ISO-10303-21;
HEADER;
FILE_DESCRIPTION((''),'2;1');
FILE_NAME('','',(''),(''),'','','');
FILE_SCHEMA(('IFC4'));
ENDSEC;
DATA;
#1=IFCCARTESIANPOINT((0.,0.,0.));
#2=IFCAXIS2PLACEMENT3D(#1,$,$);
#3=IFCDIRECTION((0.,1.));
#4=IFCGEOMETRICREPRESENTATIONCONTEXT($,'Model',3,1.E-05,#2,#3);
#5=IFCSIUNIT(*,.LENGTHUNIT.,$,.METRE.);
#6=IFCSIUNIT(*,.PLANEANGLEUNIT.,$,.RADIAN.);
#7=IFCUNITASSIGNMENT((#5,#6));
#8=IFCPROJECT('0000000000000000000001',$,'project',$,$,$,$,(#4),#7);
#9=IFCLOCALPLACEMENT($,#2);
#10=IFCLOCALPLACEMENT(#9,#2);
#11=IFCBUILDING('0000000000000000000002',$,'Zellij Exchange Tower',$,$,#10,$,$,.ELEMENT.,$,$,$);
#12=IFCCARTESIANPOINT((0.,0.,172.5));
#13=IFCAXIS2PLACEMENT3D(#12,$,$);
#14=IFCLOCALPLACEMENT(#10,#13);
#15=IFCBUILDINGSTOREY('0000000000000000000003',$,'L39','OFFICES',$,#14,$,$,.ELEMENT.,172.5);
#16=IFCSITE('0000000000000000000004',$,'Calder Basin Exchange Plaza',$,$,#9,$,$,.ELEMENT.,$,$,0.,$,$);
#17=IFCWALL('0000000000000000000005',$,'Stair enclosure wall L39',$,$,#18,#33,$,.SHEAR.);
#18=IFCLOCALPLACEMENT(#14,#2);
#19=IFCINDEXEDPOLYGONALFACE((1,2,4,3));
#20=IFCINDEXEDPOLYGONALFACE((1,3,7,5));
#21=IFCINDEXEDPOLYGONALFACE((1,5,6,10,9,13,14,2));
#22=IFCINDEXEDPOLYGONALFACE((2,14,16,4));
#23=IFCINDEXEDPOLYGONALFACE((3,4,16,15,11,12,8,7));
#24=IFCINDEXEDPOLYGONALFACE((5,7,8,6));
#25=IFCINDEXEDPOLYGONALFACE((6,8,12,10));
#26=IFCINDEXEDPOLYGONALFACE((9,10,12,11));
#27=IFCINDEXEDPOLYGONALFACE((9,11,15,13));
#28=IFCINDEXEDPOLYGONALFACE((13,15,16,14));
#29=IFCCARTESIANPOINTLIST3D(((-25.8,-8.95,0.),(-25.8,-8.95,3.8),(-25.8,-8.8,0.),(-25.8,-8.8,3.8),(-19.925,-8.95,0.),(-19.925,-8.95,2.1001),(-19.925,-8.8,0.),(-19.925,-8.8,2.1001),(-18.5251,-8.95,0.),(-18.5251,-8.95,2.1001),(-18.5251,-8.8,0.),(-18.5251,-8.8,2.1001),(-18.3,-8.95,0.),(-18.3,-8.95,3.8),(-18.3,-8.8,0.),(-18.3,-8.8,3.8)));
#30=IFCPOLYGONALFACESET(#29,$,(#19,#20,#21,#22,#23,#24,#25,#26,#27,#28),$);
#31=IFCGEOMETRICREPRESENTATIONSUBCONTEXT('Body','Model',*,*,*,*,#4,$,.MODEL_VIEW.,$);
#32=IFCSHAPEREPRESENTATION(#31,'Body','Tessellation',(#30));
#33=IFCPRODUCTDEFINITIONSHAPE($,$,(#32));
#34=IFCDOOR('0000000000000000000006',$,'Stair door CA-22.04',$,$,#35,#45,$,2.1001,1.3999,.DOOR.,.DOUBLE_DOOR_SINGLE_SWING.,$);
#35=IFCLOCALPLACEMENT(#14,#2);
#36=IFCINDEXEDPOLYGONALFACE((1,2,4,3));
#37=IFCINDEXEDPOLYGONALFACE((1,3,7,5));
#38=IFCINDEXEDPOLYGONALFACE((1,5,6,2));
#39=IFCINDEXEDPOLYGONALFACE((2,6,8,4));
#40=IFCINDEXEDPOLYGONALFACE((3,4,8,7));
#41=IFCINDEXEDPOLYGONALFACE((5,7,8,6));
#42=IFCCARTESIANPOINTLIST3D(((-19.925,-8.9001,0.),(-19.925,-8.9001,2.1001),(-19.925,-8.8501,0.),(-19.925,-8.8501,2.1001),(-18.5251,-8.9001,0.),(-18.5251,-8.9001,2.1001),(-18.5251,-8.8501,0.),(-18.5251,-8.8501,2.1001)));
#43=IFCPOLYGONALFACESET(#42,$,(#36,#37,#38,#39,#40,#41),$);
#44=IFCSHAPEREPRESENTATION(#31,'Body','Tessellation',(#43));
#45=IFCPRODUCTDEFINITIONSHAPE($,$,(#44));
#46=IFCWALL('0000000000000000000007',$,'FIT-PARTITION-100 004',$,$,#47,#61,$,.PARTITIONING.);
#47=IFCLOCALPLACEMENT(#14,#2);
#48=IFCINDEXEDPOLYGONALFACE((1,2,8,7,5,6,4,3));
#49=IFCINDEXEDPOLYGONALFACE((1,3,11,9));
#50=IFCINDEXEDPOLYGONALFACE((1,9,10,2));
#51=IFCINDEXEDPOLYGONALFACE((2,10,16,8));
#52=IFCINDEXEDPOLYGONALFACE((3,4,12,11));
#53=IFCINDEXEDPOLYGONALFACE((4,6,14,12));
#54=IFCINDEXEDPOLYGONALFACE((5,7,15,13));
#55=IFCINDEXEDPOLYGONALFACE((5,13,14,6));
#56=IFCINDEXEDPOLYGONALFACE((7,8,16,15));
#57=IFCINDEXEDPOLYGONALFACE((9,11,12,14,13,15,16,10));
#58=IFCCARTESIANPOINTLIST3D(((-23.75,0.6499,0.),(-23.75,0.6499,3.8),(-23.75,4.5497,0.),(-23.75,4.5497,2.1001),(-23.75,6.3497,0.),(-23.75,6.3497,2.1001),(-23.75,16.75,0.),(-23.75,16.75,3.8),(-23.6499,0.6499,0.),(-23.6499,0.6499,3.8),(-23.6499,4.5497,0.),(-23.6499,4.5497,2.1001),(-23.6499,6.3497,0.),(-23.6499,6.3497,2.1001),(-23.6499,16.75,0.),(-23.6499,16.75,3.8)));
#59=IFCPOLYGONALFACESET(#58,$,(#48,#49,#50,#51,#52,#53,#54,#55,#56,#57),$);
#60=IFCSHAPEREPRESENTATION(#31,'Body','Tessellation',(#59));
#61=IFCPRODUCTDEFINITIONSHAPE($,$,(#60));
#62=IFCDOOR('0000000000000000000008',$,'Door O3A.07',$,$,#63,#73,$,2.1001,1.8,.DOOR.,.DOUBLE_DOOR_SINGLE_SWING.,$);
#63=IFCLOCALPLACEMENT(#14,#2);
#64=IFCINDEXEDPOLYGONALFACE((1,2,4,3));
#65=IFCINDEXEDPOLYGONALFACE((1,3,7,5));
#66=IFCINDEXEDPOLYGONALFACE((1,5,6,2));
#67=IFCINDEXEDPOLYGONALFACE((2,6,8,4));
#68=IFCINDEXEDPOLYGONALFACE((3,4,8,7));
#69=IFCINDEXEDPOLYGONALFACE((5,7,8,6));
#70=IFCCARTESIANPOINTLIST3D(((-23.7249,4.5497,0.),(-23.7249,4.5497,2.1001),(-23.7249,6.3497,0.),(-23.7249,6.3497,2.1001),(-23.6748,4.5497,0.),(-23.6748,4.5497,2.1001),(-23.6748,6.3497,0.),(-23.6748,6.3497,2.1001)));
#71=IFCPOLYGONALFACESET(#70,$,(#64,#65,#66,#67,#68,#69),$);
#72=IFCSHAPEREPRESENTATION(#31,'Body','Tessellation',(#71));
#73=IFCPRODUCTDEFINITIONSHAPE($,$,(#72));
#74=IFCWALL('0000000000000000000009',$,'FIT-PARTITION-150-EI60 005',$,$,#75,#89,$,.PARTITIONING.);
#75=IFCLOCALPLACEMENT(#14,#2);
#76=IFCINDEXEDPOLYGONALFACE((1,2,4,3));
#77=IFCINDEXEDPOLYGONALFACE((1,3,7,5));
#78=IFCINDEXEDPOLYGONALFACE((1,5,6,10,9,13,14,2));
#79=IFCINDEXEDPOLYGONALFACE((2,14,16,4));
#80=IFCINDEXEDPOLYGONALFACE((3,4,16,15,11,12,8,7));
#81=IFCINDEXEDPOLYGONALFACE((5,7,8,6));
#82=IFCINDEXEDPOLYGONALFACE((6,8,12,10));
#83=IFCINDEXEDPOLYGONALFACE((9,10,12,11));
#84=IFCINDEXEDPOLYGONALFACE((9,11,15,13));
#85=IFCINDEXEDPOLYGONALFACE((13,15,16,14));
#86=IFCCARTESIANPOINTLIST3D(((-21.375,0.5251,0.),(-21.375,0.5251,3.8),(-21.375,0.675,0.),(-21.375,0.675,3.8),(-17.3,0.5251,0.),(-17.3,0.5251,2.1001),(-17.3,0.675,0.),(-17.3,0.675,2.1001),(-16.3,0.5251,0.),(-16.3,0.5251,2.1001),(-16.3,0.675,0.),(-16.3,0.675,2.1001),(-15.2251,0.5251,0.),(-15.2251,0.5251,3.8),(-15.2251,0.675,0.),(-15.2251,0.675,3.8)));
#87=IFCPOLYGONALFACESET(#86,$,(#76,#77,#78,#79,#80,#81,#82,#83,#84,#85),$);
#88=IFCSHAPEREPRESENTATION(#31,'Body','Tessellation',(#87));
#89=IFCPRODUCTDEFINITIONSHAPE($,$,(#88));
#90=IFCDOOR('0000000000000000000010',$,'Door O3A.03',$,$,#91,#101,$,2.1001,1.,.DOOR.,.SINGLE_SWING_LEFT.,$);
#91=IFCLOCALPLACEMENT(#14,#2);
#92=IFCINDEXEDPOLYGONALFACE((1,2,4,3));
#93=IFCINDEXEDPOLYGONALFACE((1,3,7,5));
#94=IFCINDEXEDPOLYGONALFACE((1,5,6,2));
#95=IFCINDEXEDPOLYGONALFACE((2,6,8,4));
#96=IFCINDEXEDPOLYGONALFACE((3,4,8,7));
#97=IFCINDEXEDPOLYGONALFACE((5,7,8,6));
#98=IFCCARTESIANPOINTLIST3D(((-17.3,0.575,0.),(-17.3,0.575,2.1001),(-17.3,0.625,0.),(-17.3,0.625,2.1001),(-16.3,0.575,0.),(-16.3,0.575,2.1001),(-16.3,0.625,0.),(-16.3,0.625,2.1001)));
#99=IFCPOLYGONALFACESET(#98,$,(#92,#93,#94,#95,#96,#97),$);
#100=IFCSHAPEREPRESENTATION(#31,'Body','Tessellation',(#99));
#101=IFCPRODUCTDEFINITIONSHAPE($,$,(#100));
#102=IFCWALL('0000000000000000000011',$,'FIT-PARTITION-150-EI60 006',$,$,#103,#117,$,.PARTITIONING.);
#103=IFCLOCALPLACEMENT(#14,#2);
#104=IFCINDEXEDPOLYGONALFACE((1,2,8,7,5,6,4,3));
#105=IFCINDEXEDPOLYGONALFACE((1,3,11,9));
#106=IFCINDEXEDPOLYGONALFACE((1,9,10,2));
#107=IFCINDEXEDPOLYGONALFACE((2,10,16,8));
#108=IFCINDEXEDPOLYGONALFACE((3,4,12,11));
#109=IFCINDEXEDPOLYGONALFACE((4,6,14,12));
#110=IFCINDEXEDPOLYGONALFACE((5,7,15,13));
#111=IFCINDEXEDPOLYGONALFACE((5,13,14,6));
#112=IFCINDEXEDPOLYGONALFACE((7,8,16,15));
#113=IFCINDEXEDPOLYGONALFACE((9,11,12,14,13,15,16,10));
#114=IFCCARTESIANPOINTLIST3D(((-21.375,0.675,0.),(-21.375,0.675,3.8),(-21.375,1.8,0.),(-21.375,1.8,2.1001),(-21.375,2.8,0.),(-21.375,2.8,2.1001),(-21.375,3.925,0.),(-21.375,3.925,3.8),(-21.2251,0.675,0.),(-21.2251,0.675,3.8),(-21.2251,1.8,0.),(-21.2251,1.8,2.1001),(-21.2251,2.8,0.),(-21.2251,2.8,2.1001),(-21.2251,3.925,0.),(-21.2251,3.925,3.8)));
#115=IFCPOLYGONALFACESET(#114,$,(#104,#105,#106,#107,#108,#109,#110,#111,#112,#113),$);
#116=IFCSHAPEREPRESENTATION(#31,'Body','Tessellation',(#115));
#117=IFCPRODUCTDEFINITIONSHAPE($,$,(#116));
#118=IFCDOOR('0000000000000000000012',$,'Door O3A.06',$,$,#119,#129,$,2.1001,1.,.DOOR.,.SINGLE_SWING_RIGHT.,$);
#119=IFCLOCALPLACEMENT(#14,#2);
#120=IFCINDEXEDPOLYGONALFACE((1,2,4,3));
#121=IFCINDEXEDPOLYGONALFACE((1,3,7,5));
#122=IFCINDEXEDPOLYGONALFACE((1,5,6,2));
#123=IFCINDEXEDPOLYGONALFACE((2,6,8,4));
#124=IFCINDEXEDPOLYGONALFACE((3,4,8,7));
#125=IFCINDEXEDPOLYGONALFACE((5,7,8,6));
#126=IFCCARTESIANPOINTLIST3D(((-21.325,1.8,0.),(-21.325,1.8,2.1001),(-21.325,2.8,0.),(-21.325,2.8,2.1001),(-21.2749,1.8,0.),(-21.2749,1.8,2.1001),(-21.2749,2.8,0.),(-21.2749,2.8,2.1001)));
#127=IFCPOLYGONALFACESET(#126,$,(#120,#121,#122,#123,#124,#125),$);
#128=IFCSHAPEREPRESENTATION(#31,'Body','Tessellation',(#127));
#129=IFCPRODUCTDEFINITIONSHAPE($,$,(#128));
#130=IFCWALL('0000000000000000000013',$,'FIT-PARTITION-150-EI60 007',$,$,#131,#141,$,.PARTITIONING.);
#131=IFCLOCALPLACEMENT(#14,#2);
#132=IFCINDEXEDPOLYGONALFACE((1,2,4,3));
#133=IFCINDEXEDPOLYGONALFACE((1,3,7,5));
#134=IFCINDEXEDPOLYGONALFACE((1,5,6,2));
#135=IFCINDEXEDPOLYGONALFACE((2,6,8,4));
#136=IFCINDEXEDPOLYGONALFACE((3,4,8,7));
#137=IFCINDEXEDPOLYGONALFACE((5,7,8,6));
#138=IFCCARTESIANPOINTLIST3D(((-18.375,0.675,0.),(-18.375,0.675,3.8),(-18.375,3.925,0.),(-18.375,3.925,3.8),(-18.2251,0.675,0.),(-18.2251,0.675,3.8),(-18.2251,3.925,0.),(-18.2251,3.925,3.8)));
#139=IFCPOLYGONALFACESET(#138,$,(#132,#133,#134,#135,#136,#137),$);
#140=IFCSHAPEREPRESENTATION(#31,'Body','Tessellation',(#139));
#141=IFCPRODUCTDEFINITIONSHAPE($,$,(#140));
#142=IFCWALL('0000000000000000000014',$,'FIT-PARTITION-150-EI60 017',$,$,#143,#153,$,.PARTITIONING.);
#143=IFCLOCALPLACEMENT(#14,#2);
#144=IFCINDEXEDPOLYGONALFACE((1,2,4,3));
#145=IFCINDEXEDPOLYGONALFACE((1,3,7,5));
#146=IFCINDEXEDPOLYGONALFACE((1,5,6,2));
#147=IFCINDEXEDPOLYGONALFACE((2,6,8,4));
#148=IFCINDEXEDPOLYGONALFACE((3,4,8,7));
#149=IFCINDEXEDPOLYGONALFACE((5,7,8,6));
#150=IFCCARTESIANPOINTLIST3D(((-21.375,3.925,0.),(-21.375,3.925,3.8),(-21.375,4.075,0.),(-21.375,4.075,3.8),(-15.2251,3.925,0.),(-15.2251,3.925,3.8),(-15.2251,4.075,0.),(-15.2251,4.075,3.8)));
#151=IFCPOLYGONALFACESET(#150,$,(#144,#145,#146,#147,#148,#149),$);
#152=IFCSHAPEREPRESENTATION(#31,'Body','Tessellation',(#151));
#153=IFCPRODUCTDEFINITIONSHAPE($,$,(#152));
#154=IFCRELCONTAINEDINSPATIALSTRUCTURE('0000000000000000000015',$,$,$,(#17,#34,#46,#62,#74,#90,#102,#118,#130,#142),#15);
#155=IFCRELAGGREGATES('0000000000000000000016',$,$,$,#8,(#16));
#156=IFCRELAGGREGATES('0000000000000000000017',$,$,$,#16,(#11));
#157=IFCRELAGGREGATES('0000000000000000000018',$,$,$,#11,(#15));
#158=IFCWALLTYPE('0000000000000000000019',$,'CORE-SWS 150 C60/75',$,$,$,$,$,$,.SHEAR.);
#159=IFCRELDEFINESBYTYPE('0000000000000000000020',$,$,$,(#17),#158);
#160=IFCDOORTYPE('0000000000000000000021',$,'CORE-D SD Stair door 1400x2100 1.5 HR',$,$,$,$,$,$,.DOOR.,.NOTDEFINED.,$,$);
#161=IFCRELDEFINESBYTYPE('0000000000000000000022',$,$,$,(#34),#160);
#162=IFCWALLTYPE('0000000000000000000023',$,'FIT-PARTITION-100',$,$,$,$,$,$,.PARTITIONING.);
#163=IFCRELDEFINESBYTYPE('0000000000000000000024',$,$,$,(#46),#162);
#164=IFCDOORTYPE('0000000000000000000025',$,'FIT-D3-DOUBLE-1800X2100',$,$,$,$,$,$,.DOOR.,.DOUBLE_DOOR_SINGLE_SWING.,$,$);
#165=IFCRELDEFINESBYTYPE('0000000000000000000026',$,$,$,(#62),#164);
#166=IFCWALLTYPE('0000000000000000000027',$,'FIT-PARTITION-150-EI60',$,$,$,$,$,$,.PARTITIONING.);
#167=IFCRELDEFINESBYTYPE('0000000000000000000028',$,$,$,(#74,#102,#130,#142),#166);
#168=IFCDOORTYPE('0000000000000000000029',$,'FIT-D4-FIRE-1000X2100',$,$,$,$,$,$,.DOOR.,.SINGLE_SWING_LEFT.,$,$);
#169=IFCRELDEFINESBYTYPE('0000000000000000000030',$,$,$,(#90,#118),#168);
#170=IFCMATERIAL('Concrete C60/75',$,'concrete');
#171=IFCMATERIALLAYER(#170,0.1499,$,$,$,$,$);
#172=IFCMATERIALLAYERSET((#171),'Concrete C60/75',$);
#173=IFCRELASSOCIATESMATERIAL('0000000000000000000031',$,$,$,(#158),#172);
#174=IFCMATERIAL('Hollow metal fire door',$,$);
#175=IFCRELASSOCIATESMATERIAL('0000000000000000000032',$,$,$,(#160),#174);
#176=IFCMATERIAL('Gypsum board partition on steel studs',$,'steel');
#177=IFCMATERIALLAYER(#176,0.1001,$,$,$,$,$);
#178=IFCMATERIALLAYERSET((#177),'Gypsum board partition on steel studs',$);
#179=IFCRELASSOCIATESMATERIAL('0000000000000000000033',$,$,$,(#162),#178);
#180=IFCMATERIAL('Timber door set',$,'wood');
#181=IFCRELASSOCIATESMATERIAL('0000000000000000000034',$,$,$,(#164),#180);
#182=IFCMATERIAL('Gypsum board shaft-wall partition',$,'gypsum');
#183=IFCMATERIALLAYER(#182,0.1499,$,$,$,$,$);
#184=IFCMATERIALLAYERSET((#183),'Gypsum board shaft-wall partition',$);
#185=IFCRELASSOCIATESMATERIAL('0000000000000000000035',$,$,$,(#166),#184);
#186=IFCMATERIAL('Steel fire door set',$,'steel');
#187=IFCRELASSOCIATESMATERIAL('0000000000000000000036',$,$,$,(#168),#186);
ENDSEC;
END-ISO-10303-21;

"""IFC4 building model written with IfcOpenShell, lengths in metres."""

from ifc_helpers import new_model, si_unit, direction, frame, frame_2d, origin, place, context, subcontext, project, spatial, rectangle, extrude, material, layer, layer_set, type_object, element, fill, save


model = new_model("IFC4")

# Units and contexts
model_context = context("Model", 3, precision=1e-05, world=origin(), true_north=direction((0.0, 1.0)))
body_context = subcontext(model_context, "Body", "Model", "MODEL_VIEW")
ifc_project = project(units=[si_unit("LENGTHUNIT", "METRE"), si_unit("PLANEANGLEUNIT", "RADIAN")], contexts=[model_context])

# Site, building, storey
site_placement = place(None, origin())
site = spatial("IfcSite", under=ifc_project, at=site_placement, Name="Calder Basin Exchange Plaza", CompositionType="ELEMENT", RefElevation=0.0)
building_placement = place(site_placement, origin())
building = spatial("IfcBuilding", under=site, at=building_placement, Name="Zellij Exchange Tower", CompositionType="ELEMENT")
storey_placement = place(building_placement, frame((0.0, 0.0, 172.5)))
storey = spatial("IfcBuildingStorey", under=building, at=storey_placement, Name="L39", Description="OFFICES", CompositionType="ELEMENT", Elevation=172.5)

# Shared definitions
ifc_material_1 = material(Name="Hollow metal fire door")

# Walls, openings, doors
ifc_material_2 = material(Name="Concrete C60/75", Category="concrete")
ifc_layer_1 = layer(ifc_material_2, 0.1499)
ifc_layer_set_1 = layer_set([ifc_layer_1], Name="Concrete C60/75")
wall_type_1 = type_object("IfcWallType", Name="CORE-SWS 150 C60/75", PredefinedType="SHEAR", material=ifc_layer_set_1)
wall_1_placement = place(storey_placement, frame((-25.8, -8.875, 0.0), z_axis=(0.0, 0.0, 1.0), x_axis=(1.0, 0.0, 0.0)))
wall_1 = element("IfcWall", 1, at=wall_1_placement, inside=storey, type_object=wall_type_1, Name="Stair enclosure wall L39", PredefinedType="SHEAR", context=body_context, shape_type="SweptSolid", body=[
    extrude(rectangle(XDim=7.5, YDim=0.1499, at=frame_2d((3.75, 0.0))), origin(), (0.0, 0.0, 1.0), 3.8),
])
opening_1_placement = place(wall_1_placement, frame((5.875, 0.0, 0.0)))
opening_1 = element("IfcOpeningElement", 2, at=opening_1_placement, cuts=wall_1, PredefinedType="OPENING", context=body_context, shape_type="SweptSolid", body=[
    extrude(rectangle(XDim=1.3999, YDim=2.1001, at=frame_2d((0.7, 1.05))), frame((0.0, 0.0869, 0.0), z_axis=(0.0, -1.0, 0.0), x_axis=(1.0, 0.0, 0.0)), (0.0, 0.0, 1.0), 0.1738),
])
door_type_1 = type_object("IfcDoorType", Name="CORE-D SD Stair door 1400x2100 1.5 HR", OperationType="NOTDEFINED", PredefinedType="DOOR", material=ifc_material_1)
door_1_placement = place(opening_1_placement, origin())
door_1 = element("IfcDoor", 3, at=door_1_placement, inside=storey, type_object=door_type_1, Name="Stair door CA-22.04", OperationType="DOUBLE_DOOR_SINGLE_SWING", OverallHeight=2.1001, OverallWidth=1.3999, PredefinedType="DOOR", context=body_context, shape_type="SweptSolid", body=[
    extrude(rectangle(XDim=1.3999, YDim=2.1001, at=frame_2d((0.7, 1.05))), frame((0.0, 0.0249, 0.0), z_axis=(0.0, -1.0, 0.0), x_axis=(1.0, 0.0, 0.0)), (0.0, 0.0, 1.0), 0.05),
])
fill(opening_1, door_1)
ifc_material_3 = material(Name="Gypsum board partition on steel studs", Category="steel")
ifc_layer_2 = layer(ifc_material_3, 0.1001)
ifc_layer_set_2 = layer_set([ifc_layer_2], Name="Gypsum board partition on steel studs")
wall_type_2 = type_object("IfcWallType", Name="FIT-PARTITION-100", PredefinedType="PARTITIONING", material=ifc_layer_set_2)
wall_2_placement = place(storey_placement, frame((-23.7, 0.6499, 0.0), z_axis=(0.0, 0.0, 1.0), x_axis=(0.0, 1.0, 0.0)))
wall_2 = element("IfcWall", 4, at=wall_2_placement, inside=storey, type_object=wall_type_2, Name="FIT-PARTITION-100 004", PredefinedType="PARTITIONING", context=body_context, shape_type="SweptSolid", body=[
    extrude(rectangle(XDim=16.1001, YDim=0.1001, at=frame_2d((8.05, 0.0))), origin(), (0.0, 0.0, 1.0), 3.8),
])
opening_2_placement = place(wall_2_placement, frame((3.8999, 0.0, 0.0)))
opening_2 = element("IfcOpeningElement", 5, at=opening_2_placement, cuts=wall_2, PredefinedType="OPENING", context=body_context, shape_type="SweptSolid", body=[
    extrude(rectangle(XDim=1.8, YDim=2.1001, at=frame_2d((0.8999, 1.05))), frame((0.0, 0.062, 0.0), z_axis=(0.0, -1.0, 0.0), x_axis=(1.0, 0.0, 0.0)), (0.0, 0.0, 1.0), 0.124),
])
ifc_material_4 = material(Name="Timber door set", Category="wood")
door_type_2 = type_object("IfcDoorType", Name="FIT-D3-DOUBLE-1800X2100", OperationType="DOUBLE_DOOR_SINGLE_SWING", PredefinedType="DOOR", material=ifc_material_4)
door_2_placement = place(opening_2_placement, origin())
door_2 = element("IfcDoor", 6, at=door_2_placement, inside=storey, type_object=door_type_2, Name="Door O3A.07", OperationType="DOUBLE_DOOR_SINGLE_SWING", OverallHeight=2.1001, OverallWidth=1.8, PredefinedType="DOOR", context=body_context, shape_type="SweptSolid", body=[
    extrude(rectangle(XDim=1.8, YDim=2.1001, at=frame_2d((0.8999, 1.05))), frame((0.0, 0.0249, 0.0), z_axis=(0.0, -1.0, 0.0), x_axis=(1.0, 0.0, 0.0)), (0.0, 0.0, 1.0), 0.05),
])
fill(opening_2, door_2)
ifc_material_5 = material(Name="Gypsum board shaft-wall partition", Category="gypsum")
ifc_layer_3 = layer(ifc_material_5, 0.1499)
ifc_layer_set_3 = layer_set([ifc_layer_3], Name="Gypsum board shaft-wall partition")
wall_type_3 = type_object("IfcWallType", Name="FIT-PARTITION-150-EI60", PredefinedType="PARTITIONING", material=ifc_layer_set_3)
wall_3_placement = place(storey_placement, frame((-21.375, 0.6001, 0.0), z_axis=(0.0, 0.0, 1.0), x_axis=(1.0, 0.0, 0.0)))
wall_3 = element("IfcWall", 7, at=wall_3_placement, inside=storey, type_object=wall_type_3, Name="FIT-PARTITION-150-EI60 005", PredefinedType="PARTITIONING", context=body_context, shape_type="SweptSolid", body=[
    extrude(rectangle(XDim=6.1499, YDim=0.1499, at=frame_2d((3.075, 0.0))), origin(), (0.0, 0.0, 1.0), 3.8),
])
opening_3_placement = place(wall_3_placement, frame((4.075, 0.0, 0.0)))
opening_3 = element("IfcOpeningElement", 8, at=opening_3_placement, cuts=wall_3, PredefinedType="OPENING", context=body_context, shape_type="SweptSolid", body=[
    extrude(rectangle(XDim=1.0, YDim=2.1001, at=frame_2d((0.5, 1.05))), frame((0.0, 0.0869, 0.0), z_axis=(0.0, -1.0, 0.0), x_axis=(1.0, 0.0, 0.0)), (0.0, 0.0, 1.0), 0.1738),
])
ifc_material_6 = material(Name="Steel fire door set", Category="steel")
door_type_3 = type_object("IfcDoorType", Name="FIT-D4-FIRE-1000X2100", OperationType="SINGLE_SWING_LEFT", PredefinedType="DOOR", material=ifc_material_6)
door_3_placement = place(opening_3_placement, origin())
door_3 = element("IfcDoor", 9, at=door_3_placement, inside=storey, type_object=door_type_3, Name="Door O3A.03", OperationType="SINGLE_SWING_LEFT", OverallHeight=2.1001, OverallWidth=1.0, PredefinedType="DOOR", context=body_context, shape_type="SweptSolid", body=[
    extrude(rectangle(XDim=1.0, YDim=2.1001, at=frame_2d((0.5, 1.05))), frame((0.0, 0.0249, 0.0), z_axis=(0.0, -1.0, 0.0), x_axis=(1.0, 0.0, 0.0)), (0.0, 0.0, 1.0), 0.05),
])
fill(opening_3, door_3)
wall_4_placement = place(storey_placement, frame((-21.3, 0.675, 0.0), z_axis=(0.0, 0.0, 1.0), x_axis=(0.0, 1.0, 0.0)))
wall_4 = element("IfcWall", 10, at=wall_4_placement, inside=storey, type_object=wall_type_3, Name="FIT-PARTITION-150-EI60 006", PredefinedType="PARTITIONING", context=body_context, shape_type="SweptSolid", body=[
    extrude(rectangle(XDim=3.25, YDim=0.1499, at=frame_2d((1.625, 0.0))), origin(), (0.0, 0.0, 1.0), 3.8),
])
opening_4_placement = place(wall_4_placement, frame((1.125, 0.0, 0.0)))
opening_4 = element("IfcOpeningElement", 11, at=opening_4_placement, cuts=wall_4, PredefinedType="OPENING", context=body_context, shape_type="SweptSolid", body=[
    extrude(rectangle(XDim=1.0, YDim=2.1001, at=frame_2d((0.5, 1.05))), frame((0.0, 0.0869, 0.0), z_axis=(0.0, -1.0, 0.0), x_axis=(1.0, 0.0, 0.0)), (0.0, 0.0, 1.0), 0.1738),
])
door_4_placement = place(opening_4_placement, origin())
door_4 = element("IfcDoor", 12, at=door_4_placement, inside=storey, type_object=door_type_3, Name="Door O3A.06", OperationType="SINGLE_SWING_RIGHT", OverallHeight=2.1001, OverallWidth=1.0, PredefinedType="DOOR", context=body_context, shape_type="SweptSolid", body=[
    extrude(rectangle(XDim=1.0, YDim=2.1001, at=frame_2d((0.5, 1.05))), frame((0.0, 0.0249, 0.0), z_axis=(0.0, -1.0, 0.0), x_axis=(1.0, 0.0, 0.0)), (0.0, 0.0, 1.0), 0.05),
])
fill(opening_4, door_4)

# Walls
wall_5_placement = place(storey_placement, frame((-18.3, 0.675, 0.0), z_axis=(0.0, 0.0, 1.0), x_axis=(0.0, 1.0, 0.0)))
element("IfcWall", 13, at=wall_5_placement, inside=storey, type_object=wall_type_3, Name="FIT-PARTITION-150-EI60 007", PredefinedType="PARTITIONING", context=body_context, shape_type="SweptSolid", body=[
    extrude(rectangle(XDim=3.25, YDim=0.1499, at=frame_2d((1.625, 0.0))), origin(), (0.0, 0.0, 1.0), 3.8),
])
wall_6_placement = place(storey_placement, frame((-21.375, 4.0, 0.0), z_axis=(0.0, 0.0, 1.0), x_axis=(1.0, 0.0, 0.0)))
element("IfcWall", 14, at=wall_6_placement, inside=storey, type_object=wall_type_3, Name="FIT-PARTITION-150-EI60 017", PredefinedType="PARTITIONING", context=body_context, shape_type="SweptSolid", body=[
    extrude(rectangle(XDim=6.1499, YDim=0.1499, at=frame_2d((3.075, 0.0))), origin(), (0.0, 0.0, 1.0), 3.8),
])

save(model, "model.ifc")
